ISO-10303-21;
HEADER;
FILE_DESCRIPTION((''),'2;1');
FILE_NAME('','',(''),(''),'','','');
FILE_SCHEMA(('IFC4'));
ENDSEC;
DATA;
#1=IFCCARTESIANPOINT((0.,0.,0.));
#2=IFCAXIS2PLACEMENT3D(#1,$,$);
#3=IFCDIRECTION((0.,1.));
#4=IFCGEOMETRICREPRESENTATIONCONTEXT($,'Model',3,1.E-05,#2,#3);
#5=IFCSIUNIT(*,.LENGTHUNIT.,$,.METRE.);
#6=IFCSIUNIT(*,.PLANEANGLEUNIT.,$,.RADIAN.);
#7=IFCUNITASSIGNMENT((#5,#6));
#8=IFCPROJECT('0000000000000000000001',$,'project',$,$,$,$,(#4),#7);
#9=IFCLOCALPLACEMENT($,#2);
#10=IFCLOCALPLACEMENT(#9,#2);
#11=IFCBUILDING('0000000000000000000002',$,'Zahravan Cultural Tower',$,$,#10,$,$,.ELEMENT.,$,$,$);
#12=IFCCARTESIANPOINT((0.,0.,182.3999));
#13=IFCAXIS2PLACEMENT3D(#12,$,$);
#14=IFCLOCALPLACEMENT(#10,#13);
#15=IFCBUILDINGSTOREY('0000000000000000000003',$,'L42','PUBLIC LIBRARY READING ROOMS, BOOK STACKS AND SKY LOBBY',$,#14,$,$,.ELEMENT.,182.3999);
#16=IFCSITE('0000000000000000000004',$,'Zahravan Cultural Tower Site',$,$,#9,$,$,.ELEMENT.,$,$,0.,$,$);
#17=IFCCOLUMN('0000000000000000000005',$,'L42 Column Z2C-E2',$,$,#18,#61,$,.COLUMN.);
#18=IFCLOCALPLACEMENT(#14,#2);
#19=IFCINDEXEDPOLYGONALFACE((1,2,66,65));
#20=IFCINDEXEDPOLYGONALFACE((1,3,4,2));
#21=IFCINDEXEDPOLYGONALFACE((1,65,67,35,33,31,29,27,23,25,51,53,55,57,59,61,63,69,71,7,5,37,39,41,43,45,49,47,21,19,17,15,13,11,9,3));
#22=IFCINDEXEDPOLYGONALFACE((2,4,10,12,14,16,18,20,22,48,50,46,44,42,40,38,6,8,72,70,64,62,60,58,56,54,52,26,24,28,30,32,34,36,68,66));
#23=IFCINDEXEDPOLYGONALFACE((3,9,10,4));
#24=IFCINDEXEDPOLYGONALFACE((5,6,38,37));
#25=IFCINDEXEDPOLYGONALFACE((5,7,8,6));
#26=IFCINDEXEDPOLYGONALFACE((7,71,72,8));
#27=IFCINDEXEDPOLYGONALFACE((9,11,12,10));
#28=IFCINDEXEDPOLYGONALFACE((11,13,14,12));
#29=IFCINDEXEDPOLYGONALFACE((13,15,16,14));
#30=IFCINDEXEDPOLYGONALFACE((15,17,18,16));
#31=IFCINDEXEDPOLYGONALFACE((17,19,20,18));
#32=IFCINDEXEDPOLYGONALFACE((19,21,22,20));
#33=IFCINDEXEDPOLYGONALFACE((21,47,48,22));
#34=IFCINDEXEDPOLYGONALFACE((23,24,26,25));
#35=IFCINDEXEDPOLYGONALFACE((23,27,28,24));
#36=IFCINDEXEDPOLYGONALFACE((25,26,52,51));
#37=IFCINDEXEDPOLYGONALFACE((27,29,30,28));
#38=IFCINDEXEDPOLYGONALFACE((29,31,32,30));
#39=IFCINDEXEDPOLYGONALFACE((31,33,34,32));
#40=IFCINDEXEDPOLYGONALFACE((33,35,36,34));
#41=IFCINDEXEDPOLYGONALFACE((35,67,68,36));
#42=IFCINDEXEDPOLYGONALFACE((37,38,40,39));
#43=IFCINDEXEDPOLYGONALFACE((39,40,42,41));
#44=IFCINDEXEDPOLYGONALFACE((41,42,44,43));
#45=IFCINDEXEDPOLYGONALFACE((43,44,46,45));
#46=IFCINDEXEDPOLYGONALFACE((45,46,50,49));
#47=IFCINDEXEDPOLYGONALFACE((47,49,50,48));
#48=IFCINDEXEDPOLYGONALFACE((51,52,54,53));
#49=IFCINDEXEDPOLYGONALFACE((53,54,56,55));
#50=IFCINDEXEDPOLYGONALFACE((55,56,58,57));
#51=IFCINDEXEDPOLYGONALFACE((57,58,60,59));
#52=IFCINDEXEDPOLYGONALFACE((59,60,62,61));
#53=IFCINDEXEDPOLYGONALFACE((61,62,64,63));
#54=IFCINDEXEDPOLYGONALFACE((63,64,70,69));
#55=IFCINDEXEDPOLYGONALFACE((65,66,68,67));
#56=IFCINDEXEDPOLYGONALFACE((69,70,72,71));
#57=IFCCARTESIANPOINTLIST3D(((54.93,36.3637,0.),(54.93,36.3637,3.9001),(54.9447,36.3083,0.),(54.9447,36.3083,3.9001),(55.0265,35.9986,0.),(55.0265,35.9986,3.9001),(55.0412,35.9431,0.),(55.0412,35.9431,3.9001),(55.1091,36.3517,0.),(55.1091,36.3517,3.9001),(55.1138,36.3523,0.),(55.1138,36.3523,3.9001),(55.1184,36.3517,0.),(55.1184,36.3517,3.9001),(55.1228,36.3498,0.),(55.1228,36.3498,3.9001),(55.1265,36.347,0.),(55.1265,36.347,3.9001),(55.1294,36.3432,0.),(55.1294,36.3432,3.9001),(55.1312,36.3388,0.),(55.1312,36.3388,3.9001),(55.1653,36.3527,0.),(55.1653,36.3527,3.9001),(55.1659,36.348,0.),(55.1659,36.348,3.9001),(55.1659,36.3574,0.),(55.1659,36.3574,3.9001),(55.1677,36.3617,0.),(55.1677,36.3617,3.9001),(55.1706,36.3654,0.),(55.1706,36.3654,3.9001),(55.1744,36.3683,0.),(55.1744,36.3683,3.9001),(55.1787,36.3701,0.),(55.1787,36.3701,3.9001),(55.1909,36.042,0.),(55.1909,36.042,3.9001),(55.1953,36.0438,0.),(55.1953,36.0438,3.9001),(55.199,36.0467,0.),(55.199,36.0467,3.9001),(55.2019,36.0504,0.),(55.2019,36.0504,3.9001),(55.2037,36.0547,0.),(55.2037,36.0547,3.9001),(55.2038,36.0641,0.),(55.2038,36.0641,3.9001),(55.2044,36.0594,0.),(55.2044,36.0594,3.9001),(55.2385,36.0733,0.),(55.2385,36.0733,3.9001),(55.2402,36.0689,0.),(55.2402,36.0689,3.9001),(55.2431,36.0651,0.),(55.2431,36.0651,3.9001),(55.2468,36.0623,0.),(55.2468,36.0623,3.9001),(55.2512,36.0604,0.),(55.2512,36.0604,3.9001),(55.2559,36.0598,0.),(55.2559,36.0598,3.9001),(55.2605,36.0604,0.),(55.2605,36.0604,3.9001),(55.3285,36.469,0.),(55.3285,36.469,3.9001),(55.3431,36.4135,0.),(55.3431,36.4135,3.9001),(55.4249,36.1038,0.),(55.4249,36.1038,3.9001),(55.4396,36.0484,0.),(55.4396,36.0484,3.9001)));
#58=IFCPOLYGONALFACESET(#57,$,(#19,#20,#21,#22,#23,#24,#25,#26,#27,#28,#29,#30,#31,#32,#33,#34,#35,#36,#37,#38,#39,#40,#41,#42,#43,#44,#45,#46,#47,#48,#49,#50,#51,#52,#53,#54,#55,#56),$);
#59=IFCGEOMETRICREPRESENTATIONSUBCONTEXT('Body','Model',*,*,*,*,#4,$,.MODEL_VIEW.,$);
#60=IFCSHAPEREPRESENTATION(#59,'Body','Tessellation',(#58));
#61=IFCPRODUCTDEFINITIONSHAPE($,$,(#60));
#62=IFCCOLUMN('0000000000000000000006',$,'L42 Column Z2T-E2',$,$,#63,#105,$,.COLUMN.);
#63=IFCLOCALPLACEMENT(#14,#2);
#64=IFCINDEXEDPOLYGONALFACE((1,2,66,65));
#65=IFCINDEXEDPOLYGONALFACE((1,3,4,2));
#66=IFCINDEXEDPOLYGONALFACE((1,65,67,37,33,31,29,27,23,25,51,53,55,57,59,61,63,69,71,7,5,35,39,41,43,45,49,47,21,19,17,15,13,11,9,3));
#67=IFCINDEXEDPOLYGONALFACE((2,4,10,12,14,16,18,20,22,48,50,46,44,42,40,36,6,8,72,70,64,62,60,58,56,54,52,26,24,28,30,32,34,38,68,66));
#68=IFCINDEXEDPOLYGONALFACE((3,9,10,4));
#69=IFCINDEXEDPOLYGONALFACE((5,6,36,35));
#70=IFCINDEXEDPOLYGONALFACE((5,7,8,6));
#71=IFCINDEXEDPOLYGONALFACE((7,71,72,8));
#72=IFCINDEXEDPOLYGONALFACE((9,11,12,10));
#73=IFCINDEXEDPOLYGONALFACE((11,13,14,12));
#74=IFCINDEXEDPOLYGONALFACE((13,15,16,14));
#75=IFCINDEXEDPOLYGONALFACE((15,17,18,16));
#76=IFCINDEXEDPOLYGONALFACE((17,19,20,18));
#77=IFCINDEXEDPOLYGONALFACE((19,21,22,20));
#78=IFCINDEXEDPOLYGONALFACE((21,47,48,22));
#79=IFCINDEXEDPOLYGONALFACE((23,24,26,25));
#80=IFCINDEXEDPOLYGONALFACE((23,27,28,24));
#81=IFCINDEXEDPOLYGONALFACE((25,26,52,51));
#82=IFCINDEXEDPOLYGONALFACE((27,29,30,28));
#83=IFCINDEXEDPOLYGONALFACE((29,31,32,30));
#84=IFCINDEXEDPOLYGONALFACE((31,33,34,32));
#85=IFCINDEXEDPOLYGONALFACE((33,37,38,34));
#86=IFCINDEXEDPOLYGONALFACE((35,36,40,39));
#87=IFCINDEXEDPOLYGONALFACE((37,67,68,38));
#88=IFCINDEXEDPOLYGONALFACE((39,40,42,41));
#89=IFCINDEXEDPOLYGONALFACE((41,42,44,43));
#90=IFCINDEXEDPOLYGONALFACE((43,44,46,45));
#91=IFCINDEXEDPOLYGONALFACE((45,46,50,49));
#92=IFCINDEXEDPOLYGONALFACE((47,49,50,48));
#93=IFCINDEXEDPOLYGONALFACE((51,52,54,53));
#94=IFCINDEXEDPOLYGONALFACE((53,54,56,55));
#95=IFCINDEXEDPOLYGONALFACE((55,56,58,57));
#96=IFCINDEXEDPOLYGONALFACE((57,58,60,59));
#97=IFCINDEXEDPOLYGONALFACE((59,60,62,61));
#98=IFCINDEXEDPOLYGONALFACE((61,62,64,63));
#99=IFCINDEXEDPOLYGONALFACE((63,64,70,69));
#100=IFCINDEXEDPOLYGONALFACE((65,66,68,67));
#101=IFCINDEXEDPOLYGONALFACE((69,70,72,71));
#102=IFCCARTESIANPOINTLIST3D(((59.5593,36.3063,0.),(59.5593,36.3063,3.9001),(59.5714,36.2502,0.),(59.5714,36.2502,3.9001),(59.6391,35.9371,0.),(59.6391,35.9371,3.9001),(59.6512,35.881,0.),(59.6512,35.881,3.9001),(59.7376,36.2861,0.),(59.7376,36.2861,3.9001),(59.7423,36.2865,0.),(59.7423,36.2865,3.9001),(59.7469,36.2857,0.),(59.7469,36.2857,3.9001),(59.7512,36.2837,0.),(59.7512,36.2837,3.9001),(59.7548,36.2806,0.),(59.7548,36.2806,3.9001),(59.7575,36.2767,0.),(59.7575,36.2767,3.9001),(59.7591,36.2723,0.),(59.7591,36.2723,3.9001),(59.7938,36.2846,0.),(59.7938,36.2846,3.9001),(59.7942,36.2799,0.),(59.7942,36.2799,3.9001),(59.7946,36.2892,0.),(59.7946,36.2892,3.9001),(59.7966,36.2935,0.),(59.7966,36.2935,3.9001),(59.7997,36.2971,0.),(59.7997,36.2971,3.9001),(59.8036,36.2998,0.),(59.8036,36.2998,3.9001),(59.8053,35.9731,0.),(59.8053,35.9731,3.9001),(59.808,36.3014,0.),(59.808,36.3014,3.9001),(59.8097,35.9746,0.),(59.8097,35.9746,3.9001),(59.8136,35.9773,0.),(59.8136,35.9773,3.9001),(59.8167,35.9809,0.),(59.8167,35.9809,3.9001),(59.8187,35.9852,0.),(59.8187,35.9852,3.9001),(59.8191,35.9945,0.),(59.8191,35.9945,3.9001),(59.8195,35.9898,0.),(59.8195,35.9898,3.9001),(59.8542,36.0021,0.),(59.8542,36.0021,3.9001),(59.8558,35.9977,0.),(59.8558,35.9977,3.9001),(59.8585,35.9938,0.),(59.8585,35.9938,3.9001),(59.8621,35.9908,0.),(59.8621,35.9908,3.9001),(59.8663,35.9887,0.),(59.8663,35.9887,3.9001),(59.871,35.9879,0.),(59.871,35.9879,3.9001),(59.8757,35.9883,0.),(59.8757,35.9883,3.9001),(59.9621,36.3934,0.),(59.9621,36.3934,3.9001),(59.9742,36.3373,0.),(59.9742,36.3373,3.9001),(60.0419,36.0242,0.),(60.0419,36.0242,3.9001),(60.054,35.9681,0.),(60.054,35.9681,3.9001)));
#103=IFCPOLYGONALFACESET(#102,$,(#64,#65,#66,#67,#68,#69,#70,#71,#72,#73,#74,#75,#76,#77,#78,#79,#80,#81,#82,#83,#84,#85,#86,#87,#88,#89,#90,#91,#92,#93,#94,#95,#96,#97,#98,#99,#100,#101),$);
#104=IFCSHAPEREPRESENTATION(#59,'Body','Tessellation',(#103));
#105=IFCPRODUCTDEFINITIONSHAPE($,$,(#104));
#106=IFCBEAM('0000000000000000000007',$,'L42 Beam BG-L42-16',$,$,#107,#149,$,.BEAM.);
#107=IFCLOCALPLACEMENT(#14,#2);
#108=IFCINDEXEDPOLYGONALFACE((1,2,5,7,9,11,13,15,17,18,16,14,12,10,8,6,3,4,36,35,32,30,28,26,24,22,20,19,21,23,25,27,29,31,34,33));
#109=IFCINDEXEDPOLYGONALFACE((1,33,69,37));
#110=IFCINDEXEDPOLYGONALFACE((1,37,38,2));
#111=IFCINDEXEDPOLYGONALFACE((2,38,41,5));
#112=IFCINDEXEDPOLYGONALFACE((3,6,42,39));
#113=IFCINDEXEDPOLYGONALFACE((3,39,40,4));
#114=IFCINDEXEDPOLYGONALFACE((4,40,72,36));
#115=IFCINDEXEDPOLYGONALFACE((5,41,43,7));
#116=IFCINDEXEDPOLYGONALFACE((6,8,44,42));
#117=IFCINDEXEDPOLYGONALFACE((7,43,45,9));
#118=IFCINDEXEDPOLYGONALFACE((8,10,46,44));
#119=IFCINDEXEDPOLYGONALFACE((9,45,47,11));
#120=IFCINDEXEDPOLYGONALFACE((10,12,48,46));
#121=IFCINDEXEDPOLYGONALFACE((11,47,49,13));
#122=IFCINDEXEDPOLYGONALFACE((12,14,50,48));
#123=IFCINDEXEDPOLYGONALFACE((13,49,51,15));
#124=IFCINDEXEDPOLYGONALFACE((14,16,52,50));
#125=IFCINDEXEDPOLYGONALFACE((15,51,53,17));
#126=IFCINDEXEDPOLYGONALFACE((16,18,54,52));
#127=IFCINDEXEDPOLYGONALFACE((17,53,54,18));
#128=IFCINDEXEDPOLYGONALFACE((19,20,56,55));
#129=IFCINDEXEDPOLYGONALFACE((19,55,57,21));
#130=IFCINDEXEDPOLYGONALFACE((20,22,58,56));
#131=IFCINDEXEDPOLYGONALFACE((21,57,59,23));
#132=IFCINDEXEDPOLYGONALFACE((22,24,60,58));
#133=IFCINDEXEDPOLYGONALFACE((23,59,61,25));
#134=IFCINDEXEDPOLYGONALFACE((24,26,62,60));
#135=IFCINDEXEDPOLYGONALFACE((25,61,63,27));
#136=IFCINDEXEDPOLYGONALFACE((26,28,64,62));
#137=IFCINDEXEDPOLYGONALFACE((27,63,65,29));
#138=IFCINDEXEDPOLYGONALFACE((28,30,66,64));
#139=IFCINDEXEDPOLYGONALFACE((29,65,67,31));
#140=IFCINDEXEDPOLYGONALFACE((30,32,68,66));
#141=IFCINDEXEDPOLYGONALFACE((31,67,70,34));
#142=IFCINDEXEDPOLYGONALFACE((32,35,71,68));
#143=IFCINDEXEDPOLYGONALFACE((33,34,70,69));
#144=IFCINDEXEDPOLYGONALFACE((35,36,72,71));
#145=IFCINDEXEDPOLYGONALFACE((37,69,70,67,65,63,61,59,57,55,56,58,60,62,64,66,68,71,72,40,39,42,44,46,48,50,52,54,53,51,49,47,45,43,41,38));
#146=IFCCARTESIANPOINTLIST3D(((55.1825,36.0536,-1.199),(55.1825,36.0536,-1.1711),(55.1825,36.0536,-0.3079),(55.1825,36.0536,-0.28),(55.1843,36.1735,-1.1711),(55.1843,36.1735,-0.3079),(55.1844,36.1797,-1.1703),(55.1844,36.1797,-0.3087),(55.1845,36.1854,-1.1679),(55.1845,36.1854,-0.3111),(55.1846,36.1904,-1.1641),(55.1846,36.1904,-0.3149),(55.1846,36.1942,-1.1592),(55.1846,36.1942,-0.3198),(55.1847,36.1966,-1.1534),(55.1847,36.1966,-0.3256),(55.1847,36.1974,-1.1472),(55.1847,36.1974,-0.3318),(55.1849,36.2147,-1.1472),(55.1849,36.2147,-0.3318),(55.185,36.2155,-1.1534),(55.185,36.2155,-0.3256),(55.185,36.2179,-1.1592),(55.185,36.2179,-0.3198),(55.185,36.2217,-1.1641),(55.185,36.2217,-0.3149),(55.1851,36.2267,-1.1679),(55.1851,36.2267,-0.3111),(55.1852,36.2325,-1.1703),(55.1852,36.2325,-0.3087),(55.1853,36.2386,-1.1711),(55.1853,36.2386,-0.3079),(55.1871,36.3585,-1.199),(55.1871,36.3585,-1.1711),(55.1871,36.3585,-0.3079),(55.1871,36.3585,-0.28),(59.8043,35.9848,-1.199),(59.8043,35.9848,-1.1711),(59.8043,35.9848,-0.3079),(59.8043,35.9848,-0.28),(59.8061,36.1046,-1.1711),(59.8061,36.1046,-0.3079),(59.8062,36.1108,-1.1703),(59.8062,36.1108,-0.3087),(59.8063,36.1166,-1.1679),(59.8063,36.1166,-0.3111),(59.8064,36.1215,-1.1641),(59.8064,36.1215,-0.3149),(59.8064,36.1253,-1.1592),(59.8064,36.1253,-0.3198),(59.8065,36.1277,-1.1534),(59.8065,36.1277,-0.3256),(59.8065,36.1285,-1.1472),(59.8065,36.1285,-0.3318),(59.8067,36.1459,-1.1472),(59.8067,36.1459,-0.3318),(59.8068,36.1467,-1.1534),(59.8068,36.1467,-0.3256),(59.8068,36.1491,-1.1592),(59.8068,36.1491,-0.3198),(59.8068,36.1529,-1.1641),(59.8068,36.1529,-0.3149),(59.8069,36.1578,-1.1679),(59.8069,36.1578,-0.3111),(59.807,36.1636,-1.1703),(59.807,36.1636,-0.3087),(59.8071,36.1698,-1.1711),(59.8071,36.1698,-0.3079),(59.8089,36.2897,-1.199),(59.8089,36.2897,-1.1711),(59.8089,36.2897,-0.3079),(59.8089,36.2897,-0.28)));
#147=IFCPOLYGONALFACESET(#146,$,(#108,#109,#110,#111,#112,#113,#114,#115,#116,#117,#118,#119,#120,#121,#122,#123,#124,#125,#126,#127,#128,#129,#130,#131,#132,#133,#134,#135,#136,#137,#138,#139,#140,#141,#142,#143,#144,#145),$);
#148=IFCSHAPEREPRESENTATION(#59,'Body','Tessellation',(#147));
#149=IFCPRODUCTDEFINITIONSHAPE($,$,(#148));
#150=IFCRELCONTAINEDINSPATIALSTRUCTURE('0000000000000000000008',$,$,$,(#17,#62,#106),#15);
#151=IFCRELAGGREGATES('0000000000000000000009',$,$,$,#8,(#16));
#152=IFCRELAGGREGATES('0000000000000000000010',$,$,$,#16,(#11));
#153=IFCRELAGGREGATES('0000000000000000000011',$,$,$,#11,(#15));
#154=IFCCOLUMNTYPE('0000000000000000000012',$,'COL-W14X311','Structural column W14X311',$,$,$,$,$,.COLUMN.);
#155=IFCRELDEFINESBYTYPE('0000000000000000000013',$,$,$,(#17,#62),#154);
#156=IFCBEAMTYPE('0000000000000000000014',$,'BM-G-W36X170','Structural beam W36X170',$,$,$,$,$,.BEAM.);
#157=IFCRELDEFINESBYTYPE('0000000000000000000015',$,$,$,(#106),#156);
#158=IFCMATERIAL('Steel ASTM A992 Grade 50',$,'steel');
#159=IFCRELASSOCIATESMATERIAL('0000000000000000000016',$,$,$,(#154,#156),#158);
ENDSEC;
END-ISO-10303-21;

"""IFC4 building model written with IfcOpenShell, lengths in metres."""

from ifc_helpers import new_model, si_unit, direction, frame, origin, origin_2d, place, context, subcontext, project, spatial, i_section, extrude, source, transform, mapped, material, material_profile, profile_set, type_object, element, save


model = new_model("IFC4")

# Units and contexts
model_context = context("Model", 3, precision=1e-05, world=origin(), true_north=direction((0.0, 1.0)))
body_context = subcontext(model_context, "Body", "Model", "MODEL_VIEW")
ifc_project = project(units=[si_unit("LENGTHUNIT", "METRE"), si_unit("PLANEANGLEUNIT", "RADIAN")], contexts=[model_context])

# Site, building, storey
site_placement = place(None, origin())
site = spatial("IfcSite", under=ifc_project, at=site_placement, Name="Zahravan Cultural Tower Site", CompositionType="ELEMENT", RefElevation=0.0)
building_placement = place(site_placement, origin())
building = spatial("IfcBuilding", under=site, at=building_placement, Name="Zahravan Cultural Tower", CompositionType="ELEMENT")
storey_placement = place(building_placement, frame((0.0, 0.0, 182.3999)))
storey = spatial("IfcBuildingStorey", under=building, at=storey_placement, Name="L42", Description="PUBLIC LIBRARY READING ROOMS, BOOK STACKS AND SKY LOBBY", CompositionType="ELEMENT", Elevation=182.3999)

# Columns
ifc_material_1 = material(Name="Steel ASTM A992 Grade 50", Category="steel")
ifc_material_profile_1 = material_profile(ifc_material_1, i_section(OverallWidth=0.4121, OverallDepth=0.4351, WebThickness=0.0359, FlangeThickness=0.0574, FilletRadius=0.0181, at=origin_2d()), Name="W14X311")
ifc_profile_set_1 = profile_set([ifc_material_profile_1], Name="Steel ASTM A992 Grade 50")
column_type = type_object("IfcColumnType", Name="COL-W14X311", Description="Structural column W14X311", PredefinedType="COLUMN", material=ifc_profile_set_1)
shared_shape_1 = source(origin(), body_context, "Body", "SweptSolid", [
    extrude(i_section(OverallWidth=0.4121, OverallDepth=0.4351, WebThickness=0.0359, FlangeThickness=0.0574, FilletRadius=0.0181, at=origin_2d()), origin(), (0.0, 0.0, 1.0), 3.9001),
])
for number, where, z_axis, x_axis, name in (
    (1, (55.1848, 36.2061, 0.0), (0.0, 0.0, 1.0), (0.966823, 0.255446, 0.0), "L42 Column Z2C-E2"),
    (2, (59.8066, 36.1372, 0.0), (0.0, 0.0, 1.0), (0.977416, 0.211325, 0.0), "L42 Column Z2T-E2"),
):
    element("IfcColumn", number, at=place(storey_placement, frame(where, z_axis=z_axis, x_axis=x_axis)), inside=storey, type_object=column_type, Name=name, PredefinedType="COLUMN", context=body_context, shape_type="MappedRepresentation", body=[
        mapped(shared_shape_1, transform((0.0, 0.0, 0.0), x_axis=(1.0, 0.0, 0.0), y_axis=(0.0, 1.0, 0.0), z_axis=(0.0, 0.0, 1.0), scale=1.0)),
    ])

# Beam
ifc_material_profile_2 = material_profile(ifc_material_1, i_section(OverallWidth=0.3049, OverallDepth=0.9189, WebThickness=0.0173, FlangeThickness=0.0278, FilletRadius=0.0239, at=origin_2d()), Name="W36X170")
ifc_profile_set_2 = profile_set([ifc_material_profile_2], Name="Steel ASTM A992 Grade 50")
beam_type_1 = type_object("IfcBeamType", Name="BM-G-W36X170", Description="Structural beam W36X170", PredefinedType="BEAM", material=ifc_profile_set_2)
shared_shape_2 = source(origin(), body_context, "Body", "SweptSolid", [
    extrude(i_section(OverallWidth=0.3049, OverallDepth=0.9189, WebThickness=0.0173, FlangeThickness=0.0278, FilletRadius=0.0239, at=origin_2d()), origin(), (0.0, 0.0, 1.0), 4.6223),
])
beam_1_placement = place(storey_placement, frame((55.1848, 36.2061, -0.7395), z_axis=(0.999889, -0.014895, 0.0), x_axis=(0.014895, 0.999889, 0.0)))
element("IfcBeam", 3, at=beam_1_placement, inside=storey, type_object=beam_type_1, Name="L42 Beam BG-L42-16", PredefinedType="BEAM", context=body_context, shape_type="MappedRepresentation", body=[
    mapped(shared_shape_2, transform((0.0, 0.0, 0.0), x_axis=(1.0, 0.0, 0.0), y_axis=(0.0, 1.0, 0.0), z_axis=(0.0, 0.0, 1.0), scale=1.0)),
])

save(model, "model.ifc")
